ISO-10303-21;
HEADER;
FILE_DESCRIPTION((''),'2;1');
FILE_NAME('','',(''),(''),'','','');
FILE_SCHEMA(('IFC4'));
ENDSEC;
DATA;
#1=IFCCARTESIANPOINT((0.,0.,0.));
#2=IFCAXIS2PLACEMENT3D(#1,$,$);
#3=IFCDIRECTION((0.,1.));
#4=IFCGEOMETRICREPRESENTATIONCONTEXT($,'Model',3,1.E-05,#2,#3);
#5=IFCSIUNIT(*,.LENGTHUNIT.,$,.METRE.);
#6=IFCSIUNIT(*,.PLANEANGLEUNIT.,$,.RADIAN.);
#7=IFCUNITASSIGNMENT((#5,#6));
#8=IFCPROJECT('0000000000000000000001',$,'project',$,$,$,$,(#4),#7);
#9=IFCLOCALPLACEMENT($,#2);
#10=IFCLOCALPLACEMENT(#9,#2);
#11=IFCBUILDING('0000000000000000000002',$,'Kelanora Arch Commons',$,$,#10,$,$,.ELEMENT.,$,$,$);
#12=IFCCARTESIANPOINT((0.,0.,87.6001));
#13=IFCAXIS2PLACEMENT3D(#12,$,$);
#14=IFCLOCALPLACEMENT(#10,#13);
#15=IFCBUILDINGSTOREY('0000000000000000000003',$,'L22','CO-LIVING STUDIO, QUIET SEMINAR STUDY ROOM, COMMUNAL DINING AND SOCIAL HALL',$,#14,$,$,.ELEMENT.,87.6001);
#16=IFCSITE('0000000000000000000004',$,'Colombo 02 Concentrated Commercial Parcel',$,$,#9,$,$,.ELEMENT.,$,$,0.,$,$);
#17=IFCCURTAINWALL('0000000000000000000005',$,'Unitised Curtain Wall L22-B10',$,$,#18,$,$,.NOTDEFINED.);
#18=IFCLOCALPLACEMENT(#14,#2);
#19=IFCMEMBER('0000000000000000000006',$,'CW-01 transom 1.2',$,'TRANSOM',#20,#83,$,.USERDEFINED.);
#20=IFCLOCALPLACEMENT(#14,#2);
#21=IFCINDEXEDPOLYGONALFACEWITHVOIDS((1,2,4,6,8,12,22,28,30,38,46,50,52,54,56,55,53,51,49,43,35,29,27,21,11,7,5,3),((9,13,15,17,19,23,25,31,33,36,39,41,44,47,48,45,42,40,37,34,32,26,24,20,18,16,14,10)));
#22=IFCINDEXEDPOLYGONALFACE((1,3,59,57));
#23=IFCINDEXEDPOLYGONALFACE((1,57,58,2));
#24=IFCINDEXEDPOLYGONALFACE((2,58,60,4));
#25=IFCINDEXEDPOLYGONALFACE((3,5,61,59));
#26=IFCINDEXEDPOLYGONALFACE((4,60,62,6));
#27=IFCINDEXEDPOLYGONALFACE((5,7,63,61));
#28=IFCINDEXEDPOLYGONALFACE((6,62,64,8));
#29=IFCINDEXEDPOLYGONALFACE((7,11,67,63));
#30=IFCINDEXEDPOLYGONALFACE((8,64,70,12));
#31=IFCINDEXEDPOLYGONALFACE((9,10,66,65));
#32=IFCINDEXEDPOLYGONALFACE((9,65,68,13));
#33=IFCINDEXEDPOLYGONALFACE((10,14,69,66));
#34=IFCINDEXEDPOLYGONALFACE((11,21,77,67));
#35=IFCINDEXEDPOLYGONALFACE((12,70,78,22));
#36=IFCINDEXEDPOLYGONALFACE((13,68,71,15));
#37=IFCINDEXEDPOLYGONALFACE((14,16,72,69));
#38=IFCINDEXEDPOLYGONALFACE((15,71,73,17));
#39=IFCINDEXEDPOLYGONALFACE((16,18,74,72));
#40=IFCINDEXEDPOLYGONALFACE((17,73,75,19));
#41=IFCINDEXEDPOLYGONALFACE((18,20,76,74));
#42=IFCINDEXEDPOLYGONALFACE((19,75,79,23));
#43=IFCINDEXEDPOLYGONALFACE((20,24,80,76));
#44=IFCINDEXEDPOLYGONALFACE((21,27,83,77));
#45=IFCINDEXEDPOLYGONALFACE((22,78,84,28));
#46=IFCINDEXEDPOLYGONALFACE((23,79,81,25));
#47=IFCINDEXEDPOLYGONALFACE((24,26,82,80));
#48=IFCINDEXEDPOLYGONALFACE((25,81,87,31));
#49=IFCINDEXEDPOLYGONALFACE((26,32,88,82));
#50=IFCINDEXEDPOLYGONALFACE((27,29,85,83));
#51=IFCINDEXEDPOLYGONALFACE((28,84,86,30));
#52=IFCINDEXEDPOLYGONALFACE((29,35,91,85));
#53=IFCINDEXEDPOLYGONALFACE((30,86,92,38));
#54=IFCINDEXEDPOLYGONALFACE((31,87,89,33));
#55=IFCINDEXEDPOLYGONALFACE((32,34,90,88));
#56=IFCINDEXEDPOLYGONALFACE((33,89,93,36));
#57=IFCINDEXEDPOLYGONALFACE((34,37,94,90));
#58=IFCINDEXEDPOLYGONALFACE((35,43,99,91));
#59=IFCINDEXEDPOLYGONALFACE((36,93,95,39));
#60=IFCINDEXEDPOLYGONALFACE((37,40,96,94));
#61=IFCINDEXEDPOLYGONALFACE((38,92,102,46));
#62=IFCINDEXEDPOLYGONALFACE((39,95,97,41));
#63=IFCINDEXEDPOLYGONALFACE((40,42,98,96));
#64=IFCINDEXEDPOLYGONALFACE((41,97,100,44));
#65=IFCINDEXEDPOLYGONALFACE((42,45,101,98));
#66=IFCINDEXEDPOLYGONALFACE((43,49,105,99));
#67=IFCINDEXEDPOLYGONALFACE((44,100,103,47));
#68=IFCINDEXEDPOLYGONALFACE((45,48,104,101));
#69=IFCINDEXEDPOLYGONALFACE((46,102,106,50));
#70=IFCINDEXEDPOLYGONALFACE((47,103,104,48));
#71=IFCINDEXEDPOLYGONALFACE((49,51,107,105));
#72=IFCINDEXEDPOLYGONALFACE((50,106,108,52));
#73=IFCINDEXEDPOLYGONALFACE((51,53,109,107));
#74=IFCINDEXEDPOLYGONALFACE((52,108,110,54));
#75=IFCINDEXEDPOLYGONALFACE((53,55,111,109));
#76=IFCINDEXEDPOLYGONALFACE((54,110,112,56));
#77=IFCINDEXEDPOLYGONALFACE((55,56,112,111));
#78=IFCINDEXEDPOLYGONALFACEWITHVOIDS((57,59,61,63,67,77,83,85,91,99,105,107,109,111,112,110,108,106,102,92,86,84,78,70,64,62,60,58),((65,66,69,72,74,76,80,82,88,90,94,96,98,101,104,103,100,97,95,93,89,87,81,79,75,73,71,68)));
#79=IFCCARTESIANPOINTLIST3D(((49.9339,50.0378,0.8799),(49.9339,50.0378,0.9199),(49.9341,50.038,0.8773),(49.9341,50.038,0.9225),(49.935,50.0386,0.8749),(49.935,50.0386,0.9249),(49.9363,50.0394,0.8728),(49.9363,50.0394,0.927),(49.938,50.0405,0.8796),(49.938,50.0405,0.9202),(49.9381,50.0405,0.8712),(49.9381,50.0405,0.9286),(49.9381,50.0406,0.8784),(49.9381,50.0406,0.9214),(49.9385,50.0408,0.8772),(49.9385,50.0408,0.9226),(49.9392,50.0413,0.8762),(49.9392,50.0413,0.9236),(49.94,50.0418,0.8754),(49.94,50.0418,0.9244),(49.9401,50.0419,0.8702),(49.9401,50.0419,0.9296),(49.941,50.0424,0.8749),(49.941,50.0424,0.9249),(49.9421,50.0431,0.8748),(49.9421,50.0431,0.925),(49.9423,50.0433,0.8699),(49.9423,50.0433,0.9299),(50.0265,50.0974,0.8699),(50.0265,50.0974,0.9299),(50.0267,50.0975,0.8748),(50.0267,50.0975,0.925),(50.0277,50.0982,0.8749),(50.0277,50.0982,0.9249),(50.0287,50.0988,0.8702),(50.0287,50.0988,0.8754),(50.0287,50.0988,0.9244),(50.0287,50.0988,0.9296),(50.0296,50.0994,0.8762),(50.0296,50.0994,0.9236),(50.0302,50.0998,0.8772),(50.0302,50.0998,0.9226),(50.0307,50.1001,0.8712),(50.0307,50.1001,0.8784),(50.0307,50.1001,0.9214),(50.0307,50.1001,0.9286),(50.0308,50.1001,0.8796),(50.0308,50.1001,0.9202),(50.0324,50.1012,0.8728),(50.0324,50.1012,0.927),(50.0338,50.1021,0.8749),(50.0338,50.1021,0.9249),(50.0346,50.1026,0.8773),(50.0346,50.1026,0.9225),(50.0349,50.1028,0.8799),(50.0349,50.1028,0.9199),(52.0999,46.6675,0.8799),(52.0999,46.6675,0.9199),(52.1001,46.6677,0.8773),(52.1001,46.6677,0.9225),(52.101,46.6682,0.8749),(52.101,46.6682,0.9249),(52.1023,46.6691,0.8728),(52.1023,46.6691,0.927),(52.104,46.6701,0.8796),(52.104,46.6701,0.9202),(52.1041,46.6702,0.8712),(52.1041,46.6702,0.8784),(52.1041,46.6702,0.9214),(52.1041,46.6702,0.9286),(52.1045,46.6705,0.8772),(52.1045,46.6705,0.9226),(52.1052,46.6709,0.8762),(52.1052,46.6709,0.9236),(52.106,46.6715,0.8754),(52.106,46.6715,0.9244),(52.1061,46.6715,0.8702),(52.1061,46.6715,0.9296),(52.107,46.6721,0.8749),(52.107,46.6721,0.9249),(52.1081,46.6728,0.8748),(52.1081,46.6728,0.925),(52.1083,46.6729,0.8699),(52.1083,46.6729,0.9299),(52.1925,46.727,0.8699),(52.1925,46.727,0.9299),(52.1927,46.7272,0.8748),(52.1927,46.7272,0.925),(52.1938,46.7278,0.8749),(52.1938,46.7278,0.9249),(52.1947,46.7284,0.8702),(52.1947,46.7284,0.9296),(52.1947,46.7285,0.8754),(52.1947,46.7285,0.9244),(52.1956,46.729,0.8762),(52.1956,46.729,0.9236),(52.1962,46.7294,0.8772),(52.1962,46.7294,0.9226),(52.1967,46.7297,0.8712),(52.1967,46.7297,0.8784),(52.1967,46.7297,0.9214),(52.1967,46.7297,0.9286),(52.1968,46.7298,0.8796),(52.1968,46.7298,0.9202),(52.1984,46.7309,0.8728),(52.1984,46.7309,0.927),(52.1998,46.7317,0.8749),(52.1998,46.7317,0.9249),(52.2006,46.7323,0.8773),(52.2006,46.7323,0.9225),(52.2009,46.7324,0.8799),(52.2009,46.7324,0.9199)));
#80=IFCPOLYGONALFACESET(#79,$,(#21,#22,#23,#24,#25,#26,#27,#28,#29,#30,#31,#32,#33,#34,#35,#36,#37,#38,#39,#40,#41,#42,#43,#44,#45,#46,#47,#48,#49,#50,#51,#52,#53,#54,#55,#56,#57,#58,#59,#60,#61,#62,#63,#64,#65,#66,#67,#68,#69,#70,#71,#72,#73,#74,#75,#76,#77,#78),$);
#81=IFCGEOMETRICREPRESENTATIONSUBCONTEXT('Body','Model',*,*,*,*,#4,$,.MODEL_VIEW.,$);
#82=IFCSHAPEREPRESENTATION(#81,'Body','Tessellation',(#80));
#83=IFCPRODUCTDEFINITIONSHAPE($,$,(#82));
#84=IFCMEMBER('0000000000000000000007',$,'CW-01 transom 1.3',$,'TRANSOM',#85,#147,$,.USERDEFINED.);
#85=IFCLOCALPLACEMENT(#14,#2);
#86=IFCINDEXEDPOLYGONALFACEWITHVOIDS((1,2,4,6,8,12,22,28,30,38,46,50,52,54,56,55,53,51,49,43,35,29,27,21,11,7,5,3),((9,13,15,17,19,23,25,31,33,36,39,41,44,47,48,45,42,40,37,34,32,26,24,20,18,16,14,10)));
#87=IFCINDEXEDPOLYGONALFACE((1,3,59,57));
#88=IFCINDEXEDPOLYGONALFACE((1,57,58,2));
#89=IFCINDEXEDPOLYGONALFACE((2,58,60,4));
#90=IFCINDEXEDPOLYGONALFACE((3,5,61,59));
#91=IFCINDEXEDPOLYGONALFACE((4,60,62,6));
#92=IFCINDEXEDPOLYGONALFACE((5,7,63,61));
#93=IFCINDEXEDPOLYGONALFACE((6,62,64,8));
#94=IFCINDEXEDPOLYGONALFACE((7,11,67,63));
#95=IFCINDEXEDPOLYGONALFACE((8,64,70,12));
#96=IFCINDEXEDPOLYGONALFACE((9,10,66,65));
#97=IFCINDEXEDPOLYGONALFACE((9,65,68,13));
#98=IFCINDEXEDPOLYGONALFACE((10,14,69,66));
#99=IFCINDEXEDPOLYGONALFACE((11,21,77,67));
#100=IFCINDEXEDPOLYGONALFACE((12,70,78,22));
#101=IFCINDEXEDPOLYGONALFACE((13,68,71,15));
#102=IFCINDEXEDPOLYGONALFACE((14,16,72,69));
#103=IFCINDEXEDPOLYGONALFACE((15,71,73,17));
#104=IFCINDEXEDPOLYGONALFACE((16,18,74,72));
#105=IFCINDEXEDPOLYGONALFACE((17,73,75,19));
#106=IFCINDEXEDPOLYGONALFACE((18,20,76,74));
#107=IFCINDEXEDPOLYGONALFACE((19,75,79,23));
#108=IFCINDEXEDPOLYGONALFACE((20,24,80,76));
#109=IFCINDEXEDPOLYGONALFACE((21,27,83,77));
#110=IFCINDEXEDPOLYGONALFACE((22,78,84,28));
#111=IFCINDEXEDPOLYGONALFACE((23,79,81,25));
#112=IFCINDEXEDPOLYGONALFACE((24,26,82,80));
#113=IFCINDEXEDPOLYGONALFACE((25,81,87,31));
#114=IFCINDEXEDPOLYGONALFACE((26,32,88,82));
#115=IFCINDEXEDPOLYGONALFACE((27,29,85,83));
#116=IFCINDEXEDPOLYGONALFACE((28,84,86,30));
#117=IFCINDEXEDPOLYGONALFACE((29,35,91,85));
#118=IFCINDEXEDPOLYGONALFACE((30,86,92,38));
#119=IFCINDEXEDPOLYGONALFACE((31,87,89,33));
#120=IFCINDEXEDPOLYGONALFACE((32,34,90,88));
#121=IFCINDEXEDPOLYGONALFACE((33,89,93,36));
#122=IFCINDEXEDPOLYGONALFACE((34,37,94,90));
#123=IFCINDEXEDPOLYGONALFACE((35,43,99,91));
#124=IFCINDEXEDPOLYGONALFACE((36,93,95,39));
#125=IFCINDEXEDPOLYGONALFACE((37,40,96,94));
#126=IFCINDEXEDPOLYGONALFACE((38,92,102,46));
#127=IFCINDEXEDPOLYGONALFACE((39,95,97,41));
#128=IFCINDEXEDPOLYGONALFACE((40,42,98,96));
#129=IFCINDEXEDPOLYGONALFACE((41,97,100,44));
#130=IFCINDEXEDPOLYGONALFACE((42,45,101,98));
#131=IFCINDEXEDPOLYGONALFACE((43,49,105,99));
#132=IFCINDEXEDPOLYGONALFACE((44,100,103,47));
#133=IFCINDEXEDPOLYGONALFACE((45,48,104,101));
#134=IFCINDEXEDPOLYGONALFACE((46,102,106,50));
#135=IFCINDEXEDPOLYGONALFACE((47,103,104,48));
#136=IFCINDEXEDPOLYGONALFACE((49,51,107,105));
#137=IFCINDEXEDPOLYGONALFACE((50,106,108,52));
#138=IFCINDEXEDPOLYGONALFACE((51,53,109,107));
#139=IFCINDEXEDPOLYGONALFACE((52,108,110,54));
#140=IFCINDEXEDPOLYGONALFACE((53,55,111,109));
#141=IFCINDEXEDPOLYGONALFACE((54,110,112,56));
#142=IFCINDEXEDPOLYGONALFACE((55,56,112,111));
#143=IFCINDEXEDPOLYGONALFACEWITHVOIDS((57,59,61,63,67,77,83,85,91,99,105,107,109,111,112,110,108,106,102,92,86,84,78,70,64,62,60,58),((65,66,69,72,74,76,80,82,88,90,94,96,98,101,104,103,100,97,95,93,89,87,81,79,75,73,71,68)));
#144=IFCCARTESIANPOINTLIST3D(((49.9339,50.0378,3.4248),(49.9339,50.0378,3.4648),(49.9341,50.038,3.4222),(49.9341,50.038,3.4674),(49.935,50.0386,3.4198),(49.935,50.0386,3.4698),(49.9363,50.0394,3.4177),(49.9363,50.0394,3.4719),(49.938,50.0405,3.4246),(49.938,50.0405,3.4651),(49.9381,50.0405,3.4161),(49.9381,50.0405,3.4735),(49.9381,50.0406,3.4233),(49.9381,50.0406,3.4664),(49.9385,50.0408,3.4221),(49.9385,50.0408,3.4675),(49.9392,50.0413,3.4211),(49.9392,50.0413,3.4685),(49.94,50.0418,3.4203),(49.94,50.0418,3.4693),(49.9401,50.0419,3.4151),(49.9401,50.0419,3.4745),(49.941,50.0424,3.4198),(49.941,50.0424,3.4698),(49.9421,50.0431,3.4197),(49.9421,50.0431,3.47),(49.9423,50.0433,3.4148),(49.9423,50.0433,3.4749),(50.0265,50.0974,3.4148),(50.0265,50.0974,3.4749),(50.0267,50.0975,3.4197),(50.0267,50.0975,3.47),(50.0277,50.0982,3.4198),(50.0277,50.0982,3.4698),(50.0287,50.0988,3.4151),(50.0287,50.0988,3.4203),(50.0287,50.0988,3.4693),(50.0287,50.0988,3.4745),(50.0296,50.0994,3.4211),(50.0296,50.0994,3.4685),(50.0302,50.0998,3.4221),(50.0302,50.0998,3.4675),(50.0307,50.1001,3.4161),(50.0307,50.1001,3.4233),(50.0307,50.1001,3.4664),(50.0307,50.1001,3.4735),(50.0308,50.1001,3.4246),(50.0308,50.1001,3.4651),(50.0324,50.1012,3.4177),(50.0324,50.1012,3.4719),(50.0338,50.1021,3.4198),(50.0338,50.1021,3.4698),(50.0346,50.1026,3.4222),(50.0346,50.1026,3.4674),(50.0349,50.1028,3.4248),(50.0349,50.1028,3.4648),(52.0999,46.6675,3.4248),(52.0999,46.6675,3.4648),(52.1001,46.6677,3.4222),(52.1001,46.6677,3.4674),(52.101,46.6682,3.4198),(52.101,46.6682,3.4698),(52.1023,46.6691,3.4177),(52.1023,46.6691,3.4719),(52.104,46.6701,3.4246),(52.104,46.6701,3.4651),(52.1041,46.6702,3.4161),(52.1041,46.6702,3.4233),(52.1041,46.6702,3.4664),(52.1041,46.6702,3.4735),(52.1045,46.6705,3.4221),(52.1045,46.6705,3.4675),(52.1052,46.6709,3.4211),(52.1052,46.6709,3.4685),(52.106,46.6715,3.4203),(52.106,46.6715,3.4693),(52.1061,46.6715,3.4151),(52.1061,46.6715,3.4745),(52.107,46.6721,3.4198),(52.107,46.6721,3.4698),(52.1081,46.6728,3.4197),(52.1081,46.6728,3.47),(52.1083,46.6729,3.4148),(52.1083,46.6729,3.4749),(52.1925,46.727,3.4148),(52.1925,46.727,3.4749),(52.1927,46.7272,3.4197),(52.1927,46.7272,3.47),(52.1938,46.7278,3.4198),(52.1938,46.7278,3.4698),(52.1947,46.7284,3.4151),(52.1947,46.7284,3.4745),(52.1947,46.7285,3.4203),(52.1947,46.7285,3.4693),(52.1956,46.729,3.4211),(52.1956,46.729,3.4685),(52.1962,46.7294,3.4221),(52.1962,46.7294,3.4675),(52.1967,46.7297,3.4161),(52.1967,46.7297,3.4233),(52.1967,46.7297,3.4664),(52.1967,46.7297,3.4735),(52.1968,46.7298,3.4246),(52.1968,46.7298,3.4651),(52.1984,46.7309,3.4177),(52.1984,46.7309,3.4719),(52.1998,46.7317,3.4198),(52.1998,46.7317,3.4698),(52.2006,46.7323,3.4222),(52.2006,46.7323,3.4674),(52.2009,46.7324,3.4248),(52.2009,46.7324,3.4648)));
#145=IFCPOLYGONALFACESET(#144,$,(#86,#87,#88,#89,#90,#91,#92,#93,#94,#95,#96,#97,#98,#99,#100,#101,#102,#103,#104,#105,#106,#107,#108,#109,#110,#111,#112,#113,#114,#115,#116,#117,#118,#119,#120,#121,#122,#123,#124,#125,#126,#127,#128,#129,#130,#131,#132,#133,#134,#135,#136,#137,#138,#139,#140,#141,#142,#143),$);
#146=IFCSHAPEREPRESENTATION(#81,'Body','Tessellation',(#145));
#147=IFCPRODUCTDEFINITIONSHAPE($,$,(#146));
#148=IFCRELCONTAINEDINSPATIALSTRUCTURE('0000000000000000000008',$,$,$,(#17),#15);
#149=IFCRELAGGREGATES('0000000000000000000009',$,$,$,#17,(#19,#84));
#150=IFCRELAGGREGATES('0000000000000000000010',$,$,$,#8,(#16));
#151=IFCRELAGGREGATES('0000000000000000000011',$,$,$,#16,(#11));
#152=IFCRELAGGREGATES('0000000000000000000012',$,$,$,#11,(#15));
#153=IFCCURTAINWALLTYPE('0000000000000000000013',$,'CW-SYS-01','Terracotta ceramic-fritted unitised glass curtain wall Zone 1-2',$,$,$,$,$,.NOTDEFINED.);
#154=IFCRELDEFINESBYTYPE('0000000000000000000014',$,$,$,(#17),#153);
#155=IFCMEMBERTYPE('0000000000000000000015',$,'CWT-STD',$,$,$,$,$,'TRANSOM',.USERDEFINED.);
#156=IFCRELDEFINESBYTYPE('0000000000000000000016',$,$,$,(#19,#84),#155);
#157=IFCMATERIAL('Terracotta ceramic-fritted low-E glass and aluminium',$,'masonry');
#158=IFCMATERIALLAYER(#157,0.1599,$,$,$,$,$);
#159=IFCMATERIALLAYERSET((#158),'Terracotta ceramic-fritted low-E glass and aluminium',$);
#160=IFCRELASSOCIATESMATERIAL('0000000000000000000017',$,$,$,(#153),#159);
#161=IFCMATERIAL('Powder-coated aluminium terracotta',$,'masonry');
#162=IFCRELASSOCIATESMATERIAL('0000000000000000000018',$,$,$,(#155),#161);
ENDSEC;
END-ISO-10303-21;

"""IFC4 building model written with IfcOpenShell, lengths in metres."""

from ifc_helpers import new_model, si_unit, direction, frame, origin, origin_2d, place, context, subcontext, project, spatial, hollow_rectangle, extrude, material, layer, layer_set, material_profile, profile_set, type_object, element, aggregate, save


model = new_model("IFC4")

# Units and contexts
model_context = context("Model", 3, precision=1e-05, world=origin(), true_north=direction((0.0, 1.0)))
body_context = subcontext(model_context, "Body", "Model", "MODEL_VIEW")
ifc_project = project(units=[si_unit("LENGTHUNIT", "METRE"), si_unit("PLANEANGLEUNIT", "RADIAN")], contexts=[model_context])

# Site, building, storey
site_placement = place(None, origin())
site = spatial("IfcSite", under=ifc_project, at=site_placement, Name="Colombo 02 Concentrated Commercial Parcel", CompositionType="ELEMENT", RefElevation=0.0)
building_placement = place(site_placement, origin())
building = spatial("IfcBuilding", under=site, at=building_placement, Name="Kelanora Arch Commons", CompositionType="ELEMENT")
storey_placement = place(building_placement, frame((0.0, 0.0, 87.6001)))
storey = spatial("IfcBuildingStorey", under=building, at=storey_placement, Name="L22", Description="CO-LIVING STUDIO, QUIET SEMINAR STUDY ROOM, COMMUNAL DINING AND SOCIAL HALL", CompositionType="ELEMENT", Elevation=87.6001)

# Shared definitions
ifc_material_1 = material(Name="Terracotta ceramic-fritted low-E glass and aluminium", Category="masonry")
ifc_layer_1 = layer(ifc_material_1, 0.1599)
ifc_layer_set_1 = layer_set([ifc_layer_1], Name="Terracotta ceramic-fritted low-E glass and aluminium")
curtain_wall_type = type_object("IfcCurtainWallType", Name="CW-SYS-01", Description="Terracotta ceramic-fritted unitised glass curtain wall Zone 1-2", PredefinedType="NOTDEFINED", material=ifc_layer_set_1)
ifc_material_2 = material(Name="Powder-coated aluminium terracotta", Category="masonry")

# Curtain wall, members
curtain_wall_1_placement = place(storey_placement, origin())
curtain_wall_1 = element("IfcCurtainWall", 1, at=curtain_wall_1_placement, inside=storey, type_object=curtain_wall_type, Name="Unitised Curtain Wall L22-B10", PredefinedType="NOTDEFINED")
ifc_material_profile_1 = material_profile(ifc_material_2, hollow_rectangle(XDim=0.1201, YDim=0.0601, WallThickness=0.0049, InnerFilletRadius=0.0049, OuterFilletRadius=0.01, at=origin_2d()), Name="CWT120x60")
ifc_profile_set_1 = profile_set([ifc_material_profile_1], Name="Powder-coated aluminium terracotta")
member_type_1 = type_object("IfcMemberType", Name="CWT-STD", ElementType="TRANSOM", PredefinedType="USERDEFINED", material=ifc_profile_set_1)
member_1_placement = place(storey_placement, frame((49.9844, 50.0703, 0.8999), z_axis=(0.540644, -0.841252, 0.0), x_axis=(0.841252, 0.540644, 0.0)))
member_1 = element("IfcMember", 2, at=member_1_placement, type_object=member_type_1, Name="CW-01 transom 1.2", ObjectType="TRANSOM", PredefinedType="USERDEFINED", context=body_context, shape_type="SweptSolid", body=[
    extrude(hollow_rectangle(XDim=0.1201, YDim=0.0601, WallThickness=0.0049, InnerFilletRadius=0.0049, OuterFilletRadius=0.01, at=origin_2d()), origin(), (0.0, 0.0, 1.0), 4.0063),
])
member_2_placement = place(storey_placement, frame((49.9844, 50.0703, 3.4448), z_axis=(0.540644, -0.841252, 0.0), x_axis=(0.841252, 0.540644, 0.0)))
member_2 = element("IfcMember", 3, at=member_2_placement, type_object=member_type_1, Name="CW-01 transom 1.3", ObjectType="TRANSOM", PredefinedType="USERDEFINED", context=body_context, shape_type="SweptSolid", body=[
    extrude(hollow_rectangle(XDim=0.1201, YDim=0.0601, WallThickness=0.0049, InnerFilletRadius=0.0049, OuterFilletRadius=0.01, at=origin_2d()), origin(), (0.0, 0.0, 1.0), 4.0063),
])

aggregate(curtain_wall_1, [member_1, member_2])

save(model, "model.ifc")
